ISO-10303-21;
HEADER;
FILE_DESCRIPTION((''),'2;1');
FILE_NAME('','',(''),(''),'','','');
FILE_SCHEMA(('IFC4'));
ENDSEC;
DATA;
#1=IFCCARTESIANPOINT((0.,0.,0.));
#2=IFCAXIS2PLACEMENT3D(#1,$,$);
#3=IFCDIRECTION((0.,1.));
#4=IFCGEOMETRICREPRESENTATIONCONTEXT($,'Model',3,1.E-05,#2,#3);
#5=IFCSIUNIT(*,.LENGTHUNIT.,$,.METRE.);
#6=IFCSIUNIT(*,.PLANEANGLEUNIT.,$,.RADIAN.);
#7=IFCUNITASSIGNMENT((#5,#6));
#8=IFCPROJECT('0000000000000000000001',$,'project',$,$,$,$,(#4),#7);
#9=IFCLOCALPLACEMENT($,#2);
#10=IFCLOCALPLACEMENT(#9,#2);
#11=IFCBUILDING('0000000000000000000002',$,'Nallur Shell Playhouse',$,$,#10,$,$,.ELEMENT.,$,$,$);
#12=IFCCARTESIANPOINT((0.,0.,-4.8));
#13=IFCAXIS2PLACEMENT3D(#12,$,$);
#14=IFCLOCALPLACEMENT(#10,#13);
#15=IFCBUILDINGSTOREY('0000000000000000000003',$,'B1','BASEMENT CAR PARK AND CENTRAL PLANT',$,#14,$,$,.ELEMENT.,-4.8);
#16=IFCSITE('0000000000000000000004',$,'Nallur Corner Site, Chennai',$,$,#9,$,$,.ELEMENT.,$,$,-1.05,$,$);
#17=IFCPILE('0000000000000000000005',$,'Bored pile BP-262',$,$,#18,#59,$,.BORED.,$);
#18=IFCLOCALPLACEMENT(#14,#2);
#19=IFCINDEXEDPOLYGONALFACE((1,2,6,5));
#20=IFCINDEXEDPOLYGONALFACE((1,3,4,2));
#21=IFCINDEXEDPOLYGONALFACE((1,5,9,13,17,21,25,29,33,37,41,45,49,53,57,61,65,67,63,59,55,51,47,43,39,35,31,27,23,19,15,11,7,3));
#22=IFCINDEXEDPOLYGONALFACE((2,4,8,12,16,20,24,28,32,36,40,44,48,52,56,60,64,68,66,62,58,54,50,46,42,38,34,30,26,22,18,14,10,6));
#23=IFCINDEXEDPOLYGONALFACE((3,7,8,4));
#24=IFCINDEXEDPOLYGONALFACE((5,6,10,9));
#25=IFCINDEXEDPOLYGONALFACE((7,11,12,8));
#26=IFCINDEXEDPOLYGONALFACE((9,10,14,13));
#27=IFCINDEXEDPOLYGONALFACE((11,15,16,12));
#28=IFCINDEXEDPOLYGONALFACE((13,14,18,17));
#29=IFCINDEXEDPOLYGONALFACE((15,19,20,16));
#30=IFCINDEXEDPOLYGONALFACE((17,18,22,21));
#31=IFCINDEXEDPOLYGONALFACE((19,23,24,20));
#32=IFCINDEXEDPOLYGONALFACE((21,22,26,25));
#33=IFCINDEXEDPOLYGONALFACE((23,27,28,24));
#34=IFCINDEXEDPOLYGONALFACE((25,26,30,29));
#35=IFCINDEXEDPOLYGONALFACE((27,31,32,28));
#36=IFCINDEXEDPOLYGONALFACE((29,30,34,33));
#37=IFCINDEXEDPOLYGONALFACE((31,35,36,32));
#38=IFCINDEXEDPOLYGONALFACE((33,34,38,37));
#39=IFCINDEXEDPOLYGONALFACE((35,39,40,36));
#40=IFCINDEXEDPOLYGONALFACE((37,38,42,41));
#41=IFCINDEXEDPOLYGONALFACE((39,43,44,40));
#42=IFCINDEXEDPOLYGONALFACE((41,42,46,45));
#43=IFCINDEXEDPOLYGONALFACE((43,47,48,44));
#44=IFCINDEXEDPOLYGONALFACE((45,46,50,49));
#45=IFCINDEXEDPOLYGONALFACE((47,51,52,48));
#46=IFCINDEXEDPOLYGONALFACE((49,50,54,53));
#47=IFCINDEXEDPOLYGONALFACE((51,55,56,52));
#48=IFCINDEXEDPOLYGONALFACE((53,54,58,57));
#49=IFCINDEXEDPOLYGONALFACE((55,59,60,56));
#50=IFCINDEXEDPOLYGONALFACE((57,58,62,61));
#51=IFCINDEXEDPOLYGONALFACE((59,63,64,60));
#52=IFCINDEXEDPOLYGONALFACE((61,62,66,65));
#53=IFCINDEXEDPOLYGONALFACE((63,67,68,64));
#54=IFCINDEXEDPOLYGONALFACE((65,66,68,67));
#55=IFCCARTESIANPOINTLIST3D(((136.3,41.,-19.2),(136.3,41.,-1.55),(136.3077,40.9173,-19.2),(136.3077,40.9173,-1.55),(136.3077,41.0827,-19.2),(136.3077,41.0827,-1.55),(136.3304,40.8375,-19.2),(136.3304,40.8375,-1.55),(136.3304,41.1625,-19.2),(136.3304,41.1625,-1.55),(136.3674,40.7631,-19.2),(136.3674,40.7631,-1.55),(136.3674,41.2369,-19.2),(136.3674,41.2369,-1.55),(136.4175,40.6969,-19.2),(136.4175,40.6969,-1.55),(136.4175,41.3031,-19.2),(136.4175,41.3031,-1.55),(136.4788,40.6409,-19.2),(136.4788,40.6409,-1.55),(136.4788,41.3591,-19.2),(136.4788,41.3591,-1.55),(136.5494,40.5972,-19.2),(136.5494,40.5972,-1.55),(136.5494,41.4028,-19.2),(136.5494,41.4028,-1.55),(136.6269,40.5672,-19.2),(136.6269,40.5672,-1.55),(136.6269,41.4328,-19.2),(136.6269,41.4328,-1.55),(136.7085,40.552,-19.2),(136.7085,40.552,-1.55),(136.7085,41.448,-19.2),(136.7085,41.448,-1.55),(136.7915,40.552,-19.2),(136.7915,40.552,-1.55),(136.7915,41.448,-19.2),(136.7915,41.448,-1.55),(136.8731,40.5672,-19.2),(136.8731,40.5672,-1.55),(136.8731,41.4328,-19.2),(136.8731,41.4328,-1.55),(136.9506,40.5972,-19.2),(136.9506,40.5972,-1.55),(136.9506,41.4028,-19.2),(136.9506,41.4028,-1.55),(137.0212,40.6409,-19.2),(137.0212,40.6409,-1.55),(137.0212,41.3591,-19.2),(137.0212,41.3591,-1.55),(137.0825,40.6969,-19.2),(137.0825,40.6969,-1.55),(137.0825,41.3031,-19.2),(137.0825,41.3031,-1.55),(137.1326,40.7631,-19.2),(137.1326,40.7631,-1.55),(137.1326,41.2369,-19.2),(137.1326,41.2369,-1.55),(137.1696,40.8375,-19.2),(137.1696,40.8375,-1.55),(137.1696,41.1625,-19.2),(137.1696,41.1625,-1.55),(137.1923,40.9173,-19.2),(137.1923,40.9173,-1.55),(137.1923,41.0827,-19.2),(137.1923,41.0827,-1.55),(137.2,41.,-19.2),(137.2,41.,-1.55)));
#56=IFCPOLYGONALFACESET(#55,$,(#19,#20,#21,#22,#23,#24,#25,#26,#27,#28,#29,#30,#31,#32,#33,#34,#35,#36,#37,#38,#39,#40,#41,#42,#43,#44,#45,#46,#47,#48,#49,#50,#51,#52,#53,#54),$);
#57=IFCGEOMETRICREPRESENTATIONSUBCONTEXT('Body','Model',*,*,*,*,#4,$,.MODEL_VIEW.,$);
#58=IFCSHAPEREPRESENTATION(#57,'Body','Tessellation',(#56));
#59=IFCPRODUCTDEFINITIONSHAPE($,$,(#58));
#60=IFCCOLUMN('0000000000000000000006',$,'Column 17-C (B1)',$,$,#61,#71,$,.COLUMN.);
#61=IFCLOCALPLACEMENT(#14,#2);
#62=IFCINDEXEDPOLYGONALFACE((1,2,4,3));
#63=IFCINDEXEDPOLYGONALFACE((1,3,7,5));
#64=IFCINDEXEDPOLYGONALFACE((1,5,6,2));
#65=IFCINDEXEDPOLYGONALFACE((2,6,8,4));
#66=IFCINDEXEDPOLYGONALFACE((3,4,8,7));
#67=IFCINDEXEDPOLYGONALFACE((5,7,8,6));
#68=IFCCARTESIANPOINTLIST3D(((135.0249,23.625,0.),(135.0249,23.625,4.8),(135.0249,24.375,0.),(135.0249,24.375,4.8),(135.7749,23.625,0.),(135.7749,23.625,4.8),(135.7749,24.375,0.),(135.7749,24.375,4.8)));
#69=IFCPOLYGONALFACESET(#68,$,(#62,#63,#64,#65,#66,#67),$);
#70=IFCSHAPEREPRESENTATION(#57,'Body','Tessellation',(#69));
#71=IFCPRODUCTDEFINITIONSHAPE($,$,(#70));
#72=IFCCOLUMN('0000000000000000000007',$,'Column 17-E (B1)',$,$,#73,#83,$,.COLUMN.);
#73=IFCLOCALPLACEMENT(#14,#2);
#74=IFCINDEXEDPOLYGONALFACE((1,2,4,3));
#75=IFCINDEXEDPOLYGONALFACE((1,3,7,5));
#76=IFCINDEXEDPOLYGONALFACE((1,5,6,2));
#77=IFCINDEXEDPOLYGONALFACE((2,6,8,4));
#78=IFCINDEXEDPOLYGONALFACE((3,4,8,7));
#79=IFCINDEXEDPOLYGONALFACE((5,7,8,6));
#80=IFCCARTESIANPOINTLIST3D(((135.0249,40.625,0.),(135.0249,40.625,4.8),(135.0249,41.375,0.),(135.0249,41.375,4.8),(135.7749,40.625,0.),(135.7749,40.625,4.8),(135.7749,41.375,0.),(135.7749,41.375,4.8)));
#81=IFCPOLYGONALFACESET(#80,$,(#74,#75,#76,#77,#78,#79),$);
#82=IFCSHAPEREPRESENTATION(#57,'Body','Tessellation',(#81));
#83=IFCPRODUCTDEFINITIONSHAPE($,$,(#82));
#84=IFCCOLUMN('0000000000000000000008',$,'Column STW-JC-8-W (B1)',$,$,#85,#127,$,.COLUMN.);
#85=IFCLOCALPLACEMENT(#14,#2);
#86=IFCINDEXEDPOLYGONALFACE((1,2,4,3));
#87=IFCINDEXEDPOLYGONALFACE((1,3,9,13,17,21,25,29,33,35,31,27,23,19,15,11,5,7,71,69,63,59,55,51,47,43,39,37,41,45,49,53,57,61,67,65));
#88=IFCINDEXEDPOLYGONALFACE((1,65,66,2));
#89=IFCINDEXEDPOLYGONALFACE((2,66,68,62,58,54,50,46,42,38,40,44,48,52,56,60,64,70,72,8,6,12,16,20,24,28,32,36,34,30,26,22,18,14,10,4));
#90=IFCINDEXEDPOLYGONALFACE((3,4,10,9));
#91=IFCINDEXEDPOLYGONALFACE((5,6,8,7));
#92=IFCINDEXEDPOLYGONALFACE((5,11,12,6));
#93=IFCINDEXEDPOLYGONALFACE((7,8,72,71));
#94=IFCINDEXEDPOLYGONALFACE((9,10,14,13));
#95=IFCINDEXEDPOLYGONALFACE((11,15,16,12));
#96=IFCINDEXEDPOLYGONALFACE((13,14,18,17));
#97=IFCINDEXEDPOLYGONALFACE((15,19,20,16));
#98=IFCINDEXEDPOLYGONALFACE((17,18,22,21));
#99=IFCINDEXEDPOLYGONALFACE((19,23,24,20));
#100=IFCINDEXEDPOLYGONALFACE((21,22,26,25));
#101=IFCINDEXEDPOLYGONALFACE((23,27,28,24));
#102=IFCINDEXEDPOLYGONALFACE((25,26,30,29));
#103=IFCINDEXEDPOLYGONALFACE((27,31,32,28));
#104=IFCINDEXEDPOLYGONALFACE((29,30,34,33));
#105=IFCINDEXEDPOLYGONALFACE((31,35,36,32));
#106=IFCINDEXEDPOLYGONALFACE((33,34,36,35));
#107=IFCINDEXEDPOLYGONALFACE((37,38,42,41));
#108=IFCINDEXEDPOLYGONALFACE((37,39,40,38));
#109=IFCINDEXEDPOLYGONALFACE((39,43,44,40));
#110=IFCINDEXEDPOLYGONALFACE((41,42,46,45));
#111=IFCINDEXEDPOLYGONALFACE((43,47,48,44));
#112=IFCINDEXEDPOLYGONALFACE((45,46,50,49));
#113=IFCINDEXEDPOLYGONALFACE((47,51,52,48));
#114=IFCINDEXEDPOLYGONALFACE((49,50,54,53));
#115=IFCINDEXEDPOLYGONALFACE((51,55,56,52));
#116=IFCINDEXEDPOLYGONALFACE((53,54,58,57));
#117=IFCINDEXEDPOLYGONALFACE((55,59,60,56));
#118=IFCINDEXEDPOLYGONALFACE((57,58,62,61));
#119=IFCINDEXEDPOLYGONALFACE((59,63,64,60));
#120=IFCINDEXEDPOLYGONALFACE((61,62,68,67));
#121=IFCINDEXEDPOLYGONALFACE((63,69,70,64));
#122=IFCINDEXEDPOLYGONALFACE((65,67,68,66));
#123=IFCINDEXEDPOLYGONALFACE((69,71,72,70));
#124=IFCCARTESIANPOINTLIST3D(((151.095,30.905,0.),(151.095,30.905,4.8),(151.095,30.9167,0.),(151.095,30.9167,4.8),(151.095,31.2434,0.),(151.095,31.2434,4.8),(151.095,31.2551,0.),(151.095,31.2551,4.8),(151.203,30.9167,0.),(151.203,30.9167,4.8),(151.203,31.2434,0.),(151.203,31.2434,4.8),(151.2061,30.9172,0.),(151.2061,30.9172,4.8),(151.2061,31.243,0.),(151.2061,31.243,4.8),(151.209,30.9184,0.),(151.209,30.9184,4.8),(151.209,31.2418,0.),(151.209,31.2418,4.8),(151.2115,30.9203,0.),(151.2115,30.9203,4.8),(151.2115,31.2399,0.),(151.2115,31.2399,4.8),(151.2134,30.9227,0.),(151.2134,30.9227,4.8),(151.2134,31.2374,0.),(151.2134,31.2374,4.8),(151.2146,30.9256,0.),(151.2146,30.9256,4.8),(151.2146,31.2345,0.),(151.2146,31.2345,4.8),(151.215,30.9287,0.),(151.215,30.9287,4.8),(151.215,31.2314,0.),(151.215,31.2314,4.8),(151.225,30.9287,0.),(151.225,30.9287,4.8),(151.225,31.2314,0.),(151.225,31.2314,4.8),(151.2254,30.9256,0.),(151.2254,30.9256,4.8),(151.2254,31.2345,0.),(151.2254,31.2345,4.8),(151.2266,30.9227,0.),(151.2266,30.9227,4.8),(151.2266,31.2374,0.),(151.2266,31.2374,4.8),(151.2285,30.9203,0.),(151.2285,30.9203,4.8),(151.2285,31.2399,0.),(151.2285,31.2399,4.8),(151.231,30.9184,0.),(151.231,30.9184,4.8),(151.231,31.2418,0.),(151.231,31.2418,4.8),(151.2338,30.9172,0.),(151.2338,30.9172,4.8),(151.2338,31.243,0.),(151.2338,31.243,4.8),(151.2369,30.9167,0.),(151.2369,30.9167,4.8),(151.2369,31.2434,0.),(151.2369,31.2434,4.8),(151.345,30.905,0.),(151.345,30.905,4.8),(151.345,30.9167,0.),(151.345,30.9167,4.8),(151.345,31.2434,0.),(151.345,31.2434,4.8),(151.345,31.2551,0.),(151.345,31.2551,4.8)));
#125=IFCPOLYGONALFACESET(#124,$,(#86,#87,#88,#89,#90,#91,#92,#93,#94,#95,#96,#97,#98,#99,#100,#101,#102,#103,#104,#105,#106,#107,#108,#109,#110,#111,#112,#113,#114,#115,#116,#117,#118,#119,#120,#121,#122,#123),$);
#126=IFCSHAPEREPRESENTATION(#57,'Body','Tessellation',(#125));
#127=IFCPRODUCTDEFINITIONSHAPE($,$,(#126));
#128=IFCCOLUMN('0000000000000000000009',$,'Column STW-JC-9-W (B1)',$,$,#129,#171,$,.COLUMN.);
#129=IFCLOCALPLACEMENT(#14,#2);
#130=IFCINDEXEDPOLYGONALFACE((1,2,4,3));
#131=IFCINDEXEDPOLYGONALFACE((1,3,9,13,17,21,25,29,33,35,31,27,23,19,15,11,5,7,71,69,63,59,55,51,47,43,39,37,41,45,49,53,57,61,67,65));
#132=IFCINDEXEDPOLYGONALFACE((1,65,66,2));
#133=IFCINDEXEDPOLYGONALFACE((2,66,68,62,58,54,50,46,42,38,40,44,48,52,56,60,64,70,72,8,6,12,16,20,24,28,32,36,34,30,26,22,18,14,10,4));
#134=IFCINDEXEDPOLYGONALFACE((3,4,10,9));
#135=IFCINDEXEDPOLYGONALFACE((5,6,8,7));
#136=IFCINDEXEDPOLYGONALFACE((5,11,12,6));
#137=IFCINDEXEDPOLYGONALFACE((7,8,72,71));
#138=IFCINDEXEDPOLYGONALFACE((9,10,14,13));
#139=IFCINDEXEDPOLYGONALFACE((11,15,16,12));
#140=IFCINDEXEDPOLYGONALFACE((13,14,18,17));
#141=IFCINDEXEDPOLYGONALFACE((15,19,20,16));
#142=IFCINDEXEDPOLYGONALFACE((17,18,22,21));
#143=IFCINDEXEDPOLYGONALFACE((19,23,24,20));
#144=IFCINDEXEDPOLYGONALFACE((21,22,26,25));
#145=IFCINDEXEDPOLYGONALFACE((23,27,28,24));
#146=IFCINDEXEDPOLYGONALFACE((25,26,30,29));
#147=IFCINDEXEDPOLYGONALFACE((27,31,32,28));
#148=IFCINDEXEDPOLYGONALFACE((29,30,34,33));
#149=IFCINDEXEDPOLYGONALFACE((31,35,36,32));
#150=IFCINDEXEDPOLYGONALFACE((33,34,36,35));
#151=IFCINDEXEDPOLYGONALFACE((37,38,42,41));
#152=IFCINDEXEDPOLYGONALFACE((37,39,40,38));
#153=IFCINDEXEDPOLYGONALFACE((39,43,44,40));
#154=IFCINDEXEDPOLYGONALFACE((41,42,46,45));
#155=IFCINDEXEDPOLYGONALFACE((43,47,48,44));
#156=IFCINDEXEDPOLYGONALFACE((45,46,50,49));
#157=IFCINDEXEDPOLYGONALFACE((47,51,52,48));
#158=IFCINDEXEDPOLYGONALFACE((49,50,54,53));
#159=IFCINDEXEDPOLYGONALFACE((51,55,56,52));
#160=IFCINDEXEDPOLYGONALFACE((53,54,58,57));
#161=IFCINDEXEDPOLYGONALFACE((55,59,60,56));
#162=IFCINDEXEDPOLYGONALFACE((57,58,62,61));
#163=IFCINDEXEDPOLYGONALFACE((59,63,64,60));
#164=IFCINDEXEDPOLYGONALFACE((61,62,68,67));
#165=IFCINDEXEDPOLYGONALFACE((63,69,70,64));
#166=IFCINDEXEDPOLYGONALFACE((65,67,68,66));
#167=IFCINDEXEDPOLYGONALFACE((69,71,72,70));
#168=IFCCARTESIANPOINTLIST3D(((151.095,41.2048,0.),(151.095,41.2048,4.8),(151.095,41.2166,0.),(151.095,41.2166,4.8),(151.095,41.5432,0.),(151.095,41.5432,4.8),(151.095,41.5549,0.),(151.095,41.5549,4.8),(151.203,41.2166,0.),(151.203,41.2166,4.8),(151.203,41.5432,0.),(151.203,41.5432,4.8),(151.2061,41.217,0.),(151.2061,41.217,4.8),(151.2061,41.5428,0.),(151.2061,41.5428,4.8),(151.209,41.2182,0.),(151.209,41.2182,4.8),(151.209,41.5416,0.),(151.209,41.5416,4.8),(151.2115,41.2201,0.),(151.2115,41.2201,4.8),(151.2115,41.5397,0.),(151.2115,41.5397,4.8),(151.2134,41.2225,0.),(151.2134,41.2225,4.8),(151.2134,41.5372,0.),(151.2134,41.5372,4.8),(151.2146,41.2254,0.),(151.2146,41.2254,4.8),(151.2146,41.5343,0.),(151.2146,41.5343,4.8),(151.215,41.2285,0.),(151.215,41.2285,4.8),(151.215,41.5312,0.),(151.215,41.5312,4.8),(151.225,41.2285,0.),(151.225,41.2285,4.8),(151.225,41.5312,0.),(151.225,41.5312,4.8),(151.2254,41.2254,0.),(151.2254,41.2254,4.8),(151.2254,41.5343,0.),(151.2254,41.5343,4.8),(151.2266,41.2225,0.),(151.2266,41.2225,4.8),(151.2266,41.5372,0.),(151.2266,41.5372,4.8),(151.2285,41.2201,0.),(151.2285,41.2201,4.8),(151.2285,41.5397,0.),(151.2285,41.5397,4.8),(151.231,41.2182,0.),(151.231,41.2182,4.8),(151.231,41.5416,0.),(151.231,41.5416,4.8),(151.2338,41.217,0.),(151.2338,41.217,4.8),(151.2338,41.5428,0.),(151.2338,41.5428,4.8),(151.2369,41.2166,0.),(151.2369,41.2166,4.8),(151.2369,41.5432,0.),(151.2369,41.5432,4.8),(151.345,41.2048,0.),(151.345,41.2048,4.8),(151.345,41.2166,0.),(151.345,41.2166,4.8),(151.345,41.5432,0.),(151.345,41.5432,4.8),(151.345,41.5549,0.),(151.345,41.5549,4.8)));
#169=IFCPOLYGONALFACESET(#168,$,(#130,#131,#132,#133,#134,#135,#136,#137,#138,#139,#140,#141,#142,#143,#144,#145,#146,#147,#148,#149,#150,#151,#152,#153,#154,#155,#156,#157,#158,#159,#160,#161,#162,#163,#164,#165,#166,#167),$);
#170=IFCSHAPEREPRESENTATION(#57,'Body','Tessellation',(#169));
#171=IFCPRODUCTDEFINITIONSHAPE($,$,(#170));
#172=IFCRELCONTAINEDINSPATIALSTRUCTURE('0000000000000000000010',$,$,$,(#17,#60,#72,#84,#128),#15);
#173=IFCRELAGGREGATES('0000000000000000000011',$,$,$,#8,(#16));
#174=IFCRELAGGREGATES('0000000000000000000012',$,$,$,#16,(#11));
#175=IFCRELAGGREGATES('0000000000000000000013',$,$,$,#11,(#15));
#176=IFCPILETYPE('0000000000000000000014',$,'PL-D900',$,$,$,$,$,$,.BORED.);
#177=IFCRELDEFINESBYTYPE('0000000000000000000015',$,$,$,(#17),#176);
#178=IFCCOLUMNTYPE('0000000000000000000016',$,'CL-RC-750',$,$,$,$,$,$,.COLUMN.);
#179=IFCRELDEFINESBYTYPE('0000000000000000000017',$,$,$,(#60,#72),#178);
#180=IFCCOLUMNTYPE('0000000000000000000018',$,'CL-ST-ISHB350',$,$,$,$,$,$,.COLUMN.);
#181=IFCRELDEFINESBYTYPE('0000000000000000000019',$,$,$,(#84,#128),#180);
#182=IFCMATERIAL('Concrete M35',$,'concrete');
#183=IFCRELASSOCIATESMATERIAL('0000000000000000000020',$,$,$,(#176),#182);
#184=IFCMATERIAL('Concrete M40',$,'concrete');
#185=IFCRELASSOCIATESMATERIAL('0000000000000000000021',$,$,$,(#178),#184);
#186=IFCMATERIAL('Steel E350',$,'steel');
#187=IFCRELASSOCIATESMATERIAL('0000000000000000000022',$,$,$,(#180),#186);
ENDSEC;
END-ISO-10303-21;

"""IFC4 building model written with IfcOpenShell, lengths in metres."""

from ifc_helpers import new_model, si_unit, direction, frame, origin, origin_2d, place, context, subcontext, project, spatial, rectangle, circle, i_section, extrude, material, material_profile, profile_set, type_object, element, save


model = new_model("IFC4")

# Units and contexts
model_context = context("Model", 3, precision=1e-05, world=origin(), true_north=direction((0.0, 1.0)))
body_context = subcontext(model_context, "Body", "Model", "MODEL_VIEW")
ifc_project = project(units=[si_unit("LENGTHUNIT", "METRE"), si_unit("PLANEANGLEUNIT", "RADIAN")], contexts=[model_context])

# Site, building, storey
site_placement = place(None, origin())
site = spatial("IfcSite", under=ifc_project, at=site_placement, Name="Nallur Corner Site, Chennai", CompositionType="ELEMENT", RefElevation=-1.05)
building_placement = place(site_placement, origin())
building = spatial("IfcBuilding", under=site, at=building_placement, Name="Nallur Shell Playhouse", CompositionType="ELEMENT")
storey_placement = place(building_placement, frame((0.0, 0.0, -4.8)))
storey = spatial("IfcBuildingStorey", under=building, at=storey_placement, Name="B1", Description="BASEMENT CAR PARK AND CENTRAL PLANT", CompositionType="ELEMENT", Elevation=-4.8)

# Shared definitions
ifc_material_1 = material(Name="Concrete M35", Category="concrete")

# Pile
ifc_material_profile_1 = material_profile(ifc_material_1, circle(Radius=0.45, at=origin_2d()), Name="BORED PILE D900")
ifc_profile_set_1 = profile_set([ifc_material_profile_1], Name="Concrete M35")
pile_type_1 = type_object("IfcPileType", Name="PL-D900", PredefinedType="BORED", material=ifc_profile_set_1)
pile_1_placement = place(storey_placement, frame((136.75, 41.0, -1.55), z_axis=(0.0, 0.0, -1.0), x_axis=(1.0, 0.0, 0.0)))
element("IfcPile", 1, at=pile_1_placement, inside=storey, type_object=pile_type_1, Name="Bored pile BP-262", PredefinedType="BORED", context=body_context, shape_type="SweptSolid", body=[
    extrude(circle(Radius=0.45, at=origin_2d()), origin(), (0.0, 0.0, 1.0), 17.6499),
])

# Columns
ifc_material_2 = material(Name="Concrete M40", Category="concrete")
ifc_material_profile_2 = material_profile(ifc_material_2, rectangle(XDim=0.75, YDim=0.75, at=origin_2d()), Name="RC 750x750")
ifc_profile_set_2 = profile_set([ifc_material_profile_2], Name="Concrete M40")
column_type_1 = type_object("IfcColumnType", Name="CL-RC-750", PredefinedType="COLUMN", material=ifc_profile_set_2)
for number, where, z_axis, x_axis, name in (
    (2, (135.3999, 24.0, 0.0), (0.0, 0.0, 1.0), (1.0, 0.0, 0.0), "Column 17-C (B1)"),
    (3, (135.3999, 41.0, 0.0), (0.0, 0.0, 1.0), (1.0, 0.0, 0.0), "Column 17-E (B1)"),
):
    element("IfcColumn", number, at=place(storey_placement, frame(where, z_axis=z_axis, x_axis=x_axis)), inside=storey, type_object=column_type_1, Name=name, PredefinedType="COLUMN", context=body_context, shape_type="SweptSolid", body=[
        extrude(rectangle(XDim=0.75, YDim=0.75, at=origin_2d()), origin(), (0.0, 0.0, 1.0), 4.8),
    ])
ifc_material_3 = material(Name="Steel E350", Category="steel")
ifc_material_profile_3 = material_profile(ifc_material_3, i_section(OverallWidth=0.25, OverallDepth=0.3501, WebThickness=0.01, FlangeThickness=0.0117, FilletRadius=0.012, at=origin_2d()), Name="ISHB 350")
ifc_profile_set_3 = profile_set([ifc_material_profile_3], Name="Steel E350")
column_type_2 = type_object("IfcColumnType", Name="CL-ST-ISHB350", PredefinedType="COLUMN", material=ifc_profile_set_3)
for number, where, z_axis, x_axis, name in (
    (4, (151.22, 31.0801, 0.0), (0.0, 0.0, 1.0), (1.0, 0.0, 0.0), "Column STW-JC-8-W (B1)"),
    (5, (151.22, 41.3799, 0.0), (0.0, 0.0, 1.0), (1.0, 0.0, 0.0), "Column STW-JC-9-W (B1)"),
):
    element("IfcColumn", number, at=place(storey_placement, frame(where, z_axis=z_axis, x_axis=x_axis)), inside=storey, type_object=column_type_2, Name=name, PredefinedType="COLUMN", context=body_context, shape_type="SweptSolid", body=[
        extrude(i_section(OverallWidth=0.25, OverallDepth=0.3501, WebThickness=0.01, FlangeThickness=0.0117, FilletRadius=0.012, at=origin_2d()), origin(), (0.0, 0.0, 1.0), 4.8),
    ])

save(model, "model.ifc")
